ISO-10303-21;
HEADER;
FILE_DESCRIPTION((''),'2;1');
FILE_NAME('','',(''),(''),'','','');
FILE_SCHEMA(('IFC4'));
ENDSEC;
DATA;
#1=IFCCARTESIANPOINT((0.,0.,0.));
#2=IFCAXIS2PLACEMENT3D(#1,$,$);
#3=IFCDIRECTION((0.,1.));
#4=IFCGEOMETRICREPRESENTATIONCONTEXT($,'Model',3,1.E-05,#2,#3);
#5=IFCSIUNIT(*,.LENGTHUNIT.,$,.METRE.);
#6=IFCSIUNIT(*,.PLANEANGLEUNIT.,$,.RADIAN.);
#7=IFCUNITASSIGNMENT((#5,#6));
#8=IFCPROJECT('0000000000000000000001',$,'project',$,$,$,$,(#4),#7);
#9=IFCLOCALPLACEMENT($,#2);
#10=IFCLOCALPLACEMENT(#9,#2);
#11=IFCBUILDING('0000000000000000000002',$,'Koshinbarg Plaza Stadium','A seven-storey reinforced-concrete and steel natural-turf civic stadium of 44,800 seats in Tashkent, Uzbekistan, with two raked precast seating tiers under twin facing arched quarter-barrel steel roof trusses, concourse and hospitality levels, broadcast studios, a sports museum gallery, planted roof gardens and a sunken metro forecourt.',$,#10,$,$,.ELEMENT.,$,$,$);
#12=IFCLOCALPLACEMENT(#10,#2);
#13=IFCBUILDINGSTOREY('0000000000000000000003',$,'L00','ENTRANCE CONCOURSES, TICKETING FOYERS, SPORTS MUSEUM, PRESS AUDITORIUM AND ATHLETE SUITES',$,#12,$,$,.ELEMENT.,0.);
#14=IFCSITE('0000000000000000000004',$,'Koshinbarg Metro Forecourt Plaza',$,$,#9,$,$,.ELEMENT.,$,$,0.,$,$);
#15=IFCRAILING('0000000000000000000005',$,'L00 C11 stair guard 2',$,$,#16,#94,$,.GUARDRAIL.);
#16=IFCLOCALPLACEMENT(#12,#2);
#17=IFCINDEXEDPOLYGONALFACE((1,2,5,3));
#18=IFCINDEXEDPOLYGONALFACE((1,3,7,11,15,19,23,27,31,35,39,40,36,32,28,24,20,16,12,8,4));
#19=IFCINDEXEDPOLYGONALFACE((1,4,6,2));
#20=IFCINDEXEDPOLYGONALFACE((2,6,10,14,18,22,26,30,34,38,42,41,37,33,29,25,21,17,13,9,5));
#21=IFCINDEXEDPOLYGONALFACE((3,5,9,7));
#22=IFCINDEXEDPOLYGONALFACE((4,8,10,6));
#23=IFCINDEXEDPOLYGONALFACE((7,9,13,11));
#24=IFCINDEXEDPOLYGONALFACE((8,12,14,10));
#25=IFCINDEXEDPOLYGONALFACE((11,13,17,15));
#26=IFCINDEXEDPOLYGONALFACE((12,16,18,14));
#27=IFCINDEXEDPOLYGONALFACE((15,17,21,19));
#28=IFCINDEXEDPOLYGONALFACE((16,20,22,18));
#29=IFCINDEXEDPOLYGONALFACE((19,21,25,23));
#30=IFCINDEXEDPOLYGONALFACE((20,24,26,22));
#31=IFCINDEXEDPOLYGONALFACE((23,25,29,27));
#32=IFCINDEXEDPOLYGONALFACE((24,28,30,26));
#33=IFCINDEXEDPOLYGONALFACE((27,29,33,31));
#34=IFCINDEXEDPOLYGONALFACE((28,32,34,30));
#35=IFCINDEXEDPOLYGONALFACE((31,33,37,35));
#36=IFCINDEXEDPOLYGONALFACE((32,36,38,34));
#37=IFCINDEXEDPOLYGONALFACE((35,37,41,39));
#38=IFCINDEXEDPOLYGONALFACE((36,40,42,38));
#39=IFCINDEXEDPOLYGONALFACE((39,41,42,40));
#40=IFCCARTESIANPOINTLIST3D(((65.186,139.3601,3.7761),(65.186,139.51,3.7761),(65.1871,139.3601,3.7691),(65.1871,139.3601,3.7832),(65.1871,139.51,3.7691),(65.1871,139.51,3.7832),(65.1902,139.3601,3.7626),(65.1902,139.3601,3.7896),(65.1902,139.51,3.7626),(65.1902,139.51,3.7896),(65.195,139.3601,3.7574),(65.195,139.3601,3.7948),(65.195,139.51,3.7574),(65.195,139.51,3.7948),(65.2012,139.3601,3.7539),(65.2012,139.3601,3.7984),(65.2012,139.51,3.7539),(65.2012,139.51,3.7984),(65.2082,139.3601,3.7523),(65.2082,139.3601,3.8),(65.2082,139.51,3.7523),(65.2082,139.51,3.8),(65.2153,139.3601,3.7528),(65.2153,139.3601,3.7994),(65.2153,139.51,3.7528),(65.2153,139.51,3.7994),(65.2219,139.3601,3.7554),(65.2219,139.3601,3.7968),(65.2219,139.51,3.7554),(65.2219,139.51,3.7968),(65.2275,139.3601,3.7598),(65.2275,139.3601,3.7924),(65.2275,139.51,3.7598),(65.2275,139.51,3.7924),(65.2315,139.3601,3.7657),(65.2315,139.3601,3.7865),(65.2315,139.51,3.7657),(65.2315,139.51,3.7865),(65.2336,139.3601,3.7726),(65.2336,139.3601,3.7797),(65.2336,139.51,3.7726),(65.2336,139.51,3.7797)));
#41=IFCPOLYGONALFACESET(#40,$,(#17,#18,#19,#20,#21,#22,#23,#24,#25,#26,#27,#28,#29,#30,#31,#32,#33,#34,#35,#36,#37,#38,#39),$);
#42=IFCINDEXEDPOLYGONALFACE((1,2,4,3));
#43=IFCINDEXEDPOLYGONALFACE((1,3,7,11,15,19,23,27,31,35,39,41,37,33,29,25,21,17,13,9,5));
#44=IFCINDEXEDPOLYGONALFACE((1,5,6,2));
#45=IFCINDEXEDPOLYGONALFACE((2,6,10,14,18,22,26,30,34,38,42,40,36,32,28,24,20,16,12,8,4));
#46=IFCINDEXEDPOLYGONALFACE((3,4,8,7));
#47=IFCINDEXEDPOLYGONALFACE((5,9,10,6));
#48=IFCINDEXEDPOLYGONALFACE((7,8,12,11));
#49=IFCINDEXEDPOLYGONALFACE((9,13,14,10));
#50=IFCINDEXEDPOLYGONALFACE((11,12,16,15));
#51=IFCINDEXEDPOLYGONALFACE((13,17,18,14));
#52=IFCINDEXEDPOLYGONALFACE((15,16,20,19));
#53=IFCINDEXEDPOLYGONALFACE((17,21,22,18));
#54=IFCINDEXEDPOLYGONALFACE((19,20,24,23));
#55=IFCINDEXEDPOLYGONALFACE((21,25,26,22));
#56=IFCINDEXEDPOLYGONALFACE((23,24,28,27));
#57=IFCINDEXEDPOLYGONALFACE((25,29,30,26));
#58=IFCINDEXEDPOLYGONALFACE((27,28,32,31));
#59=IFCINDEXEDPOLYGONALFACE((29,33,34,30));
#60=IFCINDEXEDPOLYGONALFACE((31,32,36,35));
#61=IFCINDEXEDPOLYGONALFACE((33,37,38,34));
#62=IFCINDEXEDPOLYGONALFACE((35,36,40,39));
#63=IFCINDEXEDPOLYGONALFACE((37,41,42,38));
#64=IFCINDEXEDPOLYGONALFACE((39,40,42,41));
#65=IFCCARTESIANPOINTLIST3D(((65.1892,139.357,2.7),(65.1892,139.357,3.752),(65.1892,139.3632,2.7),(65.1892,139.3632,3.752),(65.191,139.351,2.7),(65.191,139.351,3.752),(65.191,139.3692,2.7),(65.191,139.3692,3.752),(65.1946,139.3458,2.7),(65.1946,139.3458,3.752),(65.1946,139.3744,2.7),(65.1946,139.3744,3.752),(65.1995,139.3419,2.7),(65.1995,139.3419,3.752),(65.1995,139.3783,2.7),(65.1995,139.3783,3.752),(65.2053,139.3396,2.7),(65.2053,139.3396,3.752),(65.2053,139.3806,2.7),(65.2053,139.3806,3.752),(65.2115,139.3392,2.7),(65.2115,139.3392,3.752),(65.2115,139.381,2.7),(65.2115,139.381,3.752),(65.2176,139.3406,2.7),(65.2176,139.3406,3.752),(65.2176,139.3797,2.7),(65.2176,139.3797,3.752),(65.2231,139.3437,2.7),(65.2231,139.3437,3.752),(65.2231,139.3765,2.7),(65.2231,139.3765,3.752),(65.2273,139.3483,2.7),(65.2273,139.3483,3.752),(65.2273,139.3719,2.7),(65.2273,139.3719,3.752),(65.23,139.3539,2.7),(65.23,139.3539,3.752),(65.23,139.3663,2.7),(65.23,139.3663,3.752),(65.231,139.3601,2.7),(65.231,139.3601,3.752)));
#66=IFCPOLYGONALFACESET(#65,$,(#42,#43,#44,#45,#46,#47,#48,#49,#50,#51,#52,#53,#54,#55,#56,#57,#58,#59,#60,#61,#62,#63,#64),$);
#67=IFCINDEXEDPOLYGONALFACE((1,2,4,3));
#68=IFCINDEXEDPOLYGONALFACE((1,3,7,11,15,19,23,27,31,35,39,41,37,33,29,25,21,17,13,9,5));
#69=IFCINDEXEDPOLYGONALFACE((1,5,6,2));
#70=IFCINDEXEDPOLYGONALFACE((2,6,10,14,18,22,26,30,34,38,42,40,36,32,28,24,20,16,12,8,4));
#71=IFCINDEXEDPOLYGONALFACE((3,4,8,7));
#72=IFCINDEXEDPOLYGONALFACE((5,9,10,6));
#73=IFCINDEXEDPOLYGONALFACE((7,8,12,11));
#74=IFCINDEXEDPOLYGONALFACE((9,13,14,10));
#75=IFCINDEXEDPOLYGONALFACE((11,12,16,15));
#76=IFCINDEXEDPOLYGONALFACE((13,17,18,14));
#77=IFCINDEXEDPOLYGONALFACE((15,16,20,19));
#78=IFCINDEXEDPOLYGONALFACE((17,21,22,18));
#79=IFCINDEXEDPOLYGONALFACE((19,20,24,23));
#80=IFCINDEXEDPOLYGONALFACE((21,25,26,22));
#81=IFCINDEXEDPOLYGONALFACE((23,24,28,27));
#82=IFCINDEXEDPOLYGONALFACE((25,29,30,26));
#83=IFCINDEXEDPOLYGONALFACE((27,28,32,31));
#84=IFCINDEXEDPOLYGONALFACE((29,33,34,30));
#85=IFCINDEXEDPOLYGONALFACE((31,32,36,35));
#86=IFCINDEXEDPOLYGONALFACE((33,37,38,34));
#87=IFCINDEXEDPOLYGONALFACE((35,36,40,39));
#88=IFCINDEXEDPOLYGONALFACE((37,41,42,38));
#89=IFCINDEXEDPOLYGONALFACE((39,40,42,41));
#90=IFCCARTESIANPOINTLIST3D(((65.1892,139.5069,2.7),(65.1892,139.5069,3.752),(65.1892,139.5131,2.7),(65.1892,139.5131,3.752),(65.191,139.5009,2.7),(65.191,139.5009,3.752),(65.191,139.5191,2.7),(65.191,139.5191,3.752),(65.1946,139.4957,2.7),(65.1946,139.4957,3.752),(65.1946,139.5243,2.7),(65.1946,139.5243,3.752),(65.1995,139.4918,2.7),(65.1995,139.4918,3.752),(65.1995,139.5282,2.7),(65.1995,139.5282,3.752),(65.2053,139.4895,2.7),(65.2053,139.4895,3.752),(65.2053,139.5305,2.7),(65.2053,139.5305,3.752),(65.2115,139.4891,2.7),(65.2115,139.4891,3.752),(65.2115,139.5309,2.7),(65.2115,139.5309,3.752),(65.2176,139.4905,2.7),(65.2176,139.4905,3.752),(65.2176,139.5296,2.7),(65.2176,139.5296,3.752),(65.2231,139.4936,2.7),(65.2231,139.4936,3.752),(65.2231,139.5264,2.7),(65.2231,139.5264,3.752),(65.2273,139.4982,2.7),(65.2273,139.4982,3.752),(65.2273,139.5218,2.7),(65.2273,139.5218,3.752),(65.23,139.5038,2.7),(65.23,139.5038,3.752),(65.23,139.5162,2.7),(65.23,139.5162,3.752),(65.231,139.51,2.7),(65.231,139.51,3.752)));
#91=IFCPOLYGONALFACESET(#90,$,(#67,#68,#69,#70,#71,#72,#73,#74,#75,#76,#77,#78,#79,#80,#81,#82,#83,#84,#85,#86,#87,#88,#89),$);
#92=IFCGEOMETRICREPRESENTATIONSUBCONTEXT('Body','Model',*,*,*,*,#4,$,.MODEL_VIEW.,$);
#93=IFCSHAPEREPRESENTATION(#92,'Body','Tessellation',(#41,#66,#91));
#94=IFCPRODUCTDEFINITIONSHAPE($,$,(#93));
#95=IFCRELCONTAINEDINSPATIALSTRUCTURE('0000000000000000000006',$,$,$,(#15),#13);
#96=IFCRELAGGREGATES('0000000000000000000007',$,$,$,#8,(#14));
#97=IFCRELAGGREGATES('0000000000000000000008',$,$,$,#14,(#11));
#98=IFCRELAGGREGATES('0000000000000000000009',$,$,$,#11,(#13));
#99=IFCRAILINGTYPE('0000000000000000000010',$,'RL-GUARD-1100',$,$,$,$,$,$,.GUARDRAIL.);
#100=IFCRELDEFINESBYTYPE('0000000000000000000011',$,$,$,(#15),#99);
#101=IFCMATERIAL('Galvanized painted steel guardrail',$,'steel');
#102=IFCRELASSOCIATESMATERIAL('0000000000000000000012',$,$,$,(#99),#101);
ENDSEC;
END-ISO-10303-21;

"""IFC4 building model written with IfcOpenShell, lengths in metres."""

from ifc_helpers import new_model, si_unit, direction, frame, origin, origin_2d, place, context, subcontext, project, spatial, circle, extrude, material, type_object, element, save


model = new_model("IFC4")

# Units and contexts
model_context = context("Model", 3, precision=1e-05, world=origin(), true_north=direction((0.0, 1.0)))
body_context = subcontext(model_context, "Body", "Model", "MODEL_VIEW")
ifc_project = project(units=[si_unit("LENGTHUNIT", "METRE"), si_unit("PLANEANGLEUNIT", "RADIAN")], contexts=[model_context])

# Site, building, storey
site_placement = place(None, origin())
site = spatial("IfcSite", under=ifc_project, at=site_placement, Name="Koshinbarg Metro Forecourt Plaza", CompositionType="ELEMENT", RefElevation=0.0)
building_placement = place(site_placement, origin())
building = spatial("IfcBuilding", under=site, at=building_placement, Name="Koshinbarg Plaza Stadium", Description="A seven-storey reinforced-concrete and steel natural-turf civic stadium of 44,800 seats in Tashkent, Uzbekistan, with two raked precast seating tiers under twin facing arched quarter-barrel steel roof trusses, concourse and hospitality levels, broadcast studios, a sports museum gallery, planted roof gardens and a sunken metro forecourt.", CompositionType="ELEMENT")
storey_placement = place(building_placement, origin())
storey = spatial("IfcBuildingStorey", under=building, at=storey_placement, Name="L00", Description="ENTRANCE CONCOURSES, TICKETING FOYERS, SPORTS MUSEUM, PRESS AUDITORIUM AND ATHLETE SUITES", CompositionType="ELEMENT", Elevation=0.0)

# Railing
ifc_material_1 = material(Name="Galvanized painted steel guardrail", Category="steel")
railing_type_1 = type_object("IfcRailingType", Name="RL-GUARD-1100", PredefinedType="GUARDRAIL", material=ifc_material_1)
railing_1_placement = place(storey_placement, frame((65.21, 139.3601, 2.7)))
element("IfcRailing", 1, at=railing_1_placement, inside=storey, type_object=railing_type_1, Name="L00 C11 stair guard 2", PredefinedType="GUARDRAIL", context=body_context, shape_type="SweptSolid", body=[
    extrude(circle(Radius=0.0239, at=origin_2d()), frame((0.0, 0.0, 1.0762), z_axis=(0.0, 1.0, 0.0), x_axis=(-1.0, 0.0, 0.0)), (0.0, 0.0, 1.0), 0.1499),
    extrude(circle(Radius=0.021, at=origin_2d()), origin(), (0.0, 0.0, 1.0), 1.052),
    extrude(circle(Radius=0.021, at=origin_2d()), frame((0.0, 0.1499, 0.0)), (0.0, 0.0, 1.0), 1.052),
])

save(model, "model.ifc")
